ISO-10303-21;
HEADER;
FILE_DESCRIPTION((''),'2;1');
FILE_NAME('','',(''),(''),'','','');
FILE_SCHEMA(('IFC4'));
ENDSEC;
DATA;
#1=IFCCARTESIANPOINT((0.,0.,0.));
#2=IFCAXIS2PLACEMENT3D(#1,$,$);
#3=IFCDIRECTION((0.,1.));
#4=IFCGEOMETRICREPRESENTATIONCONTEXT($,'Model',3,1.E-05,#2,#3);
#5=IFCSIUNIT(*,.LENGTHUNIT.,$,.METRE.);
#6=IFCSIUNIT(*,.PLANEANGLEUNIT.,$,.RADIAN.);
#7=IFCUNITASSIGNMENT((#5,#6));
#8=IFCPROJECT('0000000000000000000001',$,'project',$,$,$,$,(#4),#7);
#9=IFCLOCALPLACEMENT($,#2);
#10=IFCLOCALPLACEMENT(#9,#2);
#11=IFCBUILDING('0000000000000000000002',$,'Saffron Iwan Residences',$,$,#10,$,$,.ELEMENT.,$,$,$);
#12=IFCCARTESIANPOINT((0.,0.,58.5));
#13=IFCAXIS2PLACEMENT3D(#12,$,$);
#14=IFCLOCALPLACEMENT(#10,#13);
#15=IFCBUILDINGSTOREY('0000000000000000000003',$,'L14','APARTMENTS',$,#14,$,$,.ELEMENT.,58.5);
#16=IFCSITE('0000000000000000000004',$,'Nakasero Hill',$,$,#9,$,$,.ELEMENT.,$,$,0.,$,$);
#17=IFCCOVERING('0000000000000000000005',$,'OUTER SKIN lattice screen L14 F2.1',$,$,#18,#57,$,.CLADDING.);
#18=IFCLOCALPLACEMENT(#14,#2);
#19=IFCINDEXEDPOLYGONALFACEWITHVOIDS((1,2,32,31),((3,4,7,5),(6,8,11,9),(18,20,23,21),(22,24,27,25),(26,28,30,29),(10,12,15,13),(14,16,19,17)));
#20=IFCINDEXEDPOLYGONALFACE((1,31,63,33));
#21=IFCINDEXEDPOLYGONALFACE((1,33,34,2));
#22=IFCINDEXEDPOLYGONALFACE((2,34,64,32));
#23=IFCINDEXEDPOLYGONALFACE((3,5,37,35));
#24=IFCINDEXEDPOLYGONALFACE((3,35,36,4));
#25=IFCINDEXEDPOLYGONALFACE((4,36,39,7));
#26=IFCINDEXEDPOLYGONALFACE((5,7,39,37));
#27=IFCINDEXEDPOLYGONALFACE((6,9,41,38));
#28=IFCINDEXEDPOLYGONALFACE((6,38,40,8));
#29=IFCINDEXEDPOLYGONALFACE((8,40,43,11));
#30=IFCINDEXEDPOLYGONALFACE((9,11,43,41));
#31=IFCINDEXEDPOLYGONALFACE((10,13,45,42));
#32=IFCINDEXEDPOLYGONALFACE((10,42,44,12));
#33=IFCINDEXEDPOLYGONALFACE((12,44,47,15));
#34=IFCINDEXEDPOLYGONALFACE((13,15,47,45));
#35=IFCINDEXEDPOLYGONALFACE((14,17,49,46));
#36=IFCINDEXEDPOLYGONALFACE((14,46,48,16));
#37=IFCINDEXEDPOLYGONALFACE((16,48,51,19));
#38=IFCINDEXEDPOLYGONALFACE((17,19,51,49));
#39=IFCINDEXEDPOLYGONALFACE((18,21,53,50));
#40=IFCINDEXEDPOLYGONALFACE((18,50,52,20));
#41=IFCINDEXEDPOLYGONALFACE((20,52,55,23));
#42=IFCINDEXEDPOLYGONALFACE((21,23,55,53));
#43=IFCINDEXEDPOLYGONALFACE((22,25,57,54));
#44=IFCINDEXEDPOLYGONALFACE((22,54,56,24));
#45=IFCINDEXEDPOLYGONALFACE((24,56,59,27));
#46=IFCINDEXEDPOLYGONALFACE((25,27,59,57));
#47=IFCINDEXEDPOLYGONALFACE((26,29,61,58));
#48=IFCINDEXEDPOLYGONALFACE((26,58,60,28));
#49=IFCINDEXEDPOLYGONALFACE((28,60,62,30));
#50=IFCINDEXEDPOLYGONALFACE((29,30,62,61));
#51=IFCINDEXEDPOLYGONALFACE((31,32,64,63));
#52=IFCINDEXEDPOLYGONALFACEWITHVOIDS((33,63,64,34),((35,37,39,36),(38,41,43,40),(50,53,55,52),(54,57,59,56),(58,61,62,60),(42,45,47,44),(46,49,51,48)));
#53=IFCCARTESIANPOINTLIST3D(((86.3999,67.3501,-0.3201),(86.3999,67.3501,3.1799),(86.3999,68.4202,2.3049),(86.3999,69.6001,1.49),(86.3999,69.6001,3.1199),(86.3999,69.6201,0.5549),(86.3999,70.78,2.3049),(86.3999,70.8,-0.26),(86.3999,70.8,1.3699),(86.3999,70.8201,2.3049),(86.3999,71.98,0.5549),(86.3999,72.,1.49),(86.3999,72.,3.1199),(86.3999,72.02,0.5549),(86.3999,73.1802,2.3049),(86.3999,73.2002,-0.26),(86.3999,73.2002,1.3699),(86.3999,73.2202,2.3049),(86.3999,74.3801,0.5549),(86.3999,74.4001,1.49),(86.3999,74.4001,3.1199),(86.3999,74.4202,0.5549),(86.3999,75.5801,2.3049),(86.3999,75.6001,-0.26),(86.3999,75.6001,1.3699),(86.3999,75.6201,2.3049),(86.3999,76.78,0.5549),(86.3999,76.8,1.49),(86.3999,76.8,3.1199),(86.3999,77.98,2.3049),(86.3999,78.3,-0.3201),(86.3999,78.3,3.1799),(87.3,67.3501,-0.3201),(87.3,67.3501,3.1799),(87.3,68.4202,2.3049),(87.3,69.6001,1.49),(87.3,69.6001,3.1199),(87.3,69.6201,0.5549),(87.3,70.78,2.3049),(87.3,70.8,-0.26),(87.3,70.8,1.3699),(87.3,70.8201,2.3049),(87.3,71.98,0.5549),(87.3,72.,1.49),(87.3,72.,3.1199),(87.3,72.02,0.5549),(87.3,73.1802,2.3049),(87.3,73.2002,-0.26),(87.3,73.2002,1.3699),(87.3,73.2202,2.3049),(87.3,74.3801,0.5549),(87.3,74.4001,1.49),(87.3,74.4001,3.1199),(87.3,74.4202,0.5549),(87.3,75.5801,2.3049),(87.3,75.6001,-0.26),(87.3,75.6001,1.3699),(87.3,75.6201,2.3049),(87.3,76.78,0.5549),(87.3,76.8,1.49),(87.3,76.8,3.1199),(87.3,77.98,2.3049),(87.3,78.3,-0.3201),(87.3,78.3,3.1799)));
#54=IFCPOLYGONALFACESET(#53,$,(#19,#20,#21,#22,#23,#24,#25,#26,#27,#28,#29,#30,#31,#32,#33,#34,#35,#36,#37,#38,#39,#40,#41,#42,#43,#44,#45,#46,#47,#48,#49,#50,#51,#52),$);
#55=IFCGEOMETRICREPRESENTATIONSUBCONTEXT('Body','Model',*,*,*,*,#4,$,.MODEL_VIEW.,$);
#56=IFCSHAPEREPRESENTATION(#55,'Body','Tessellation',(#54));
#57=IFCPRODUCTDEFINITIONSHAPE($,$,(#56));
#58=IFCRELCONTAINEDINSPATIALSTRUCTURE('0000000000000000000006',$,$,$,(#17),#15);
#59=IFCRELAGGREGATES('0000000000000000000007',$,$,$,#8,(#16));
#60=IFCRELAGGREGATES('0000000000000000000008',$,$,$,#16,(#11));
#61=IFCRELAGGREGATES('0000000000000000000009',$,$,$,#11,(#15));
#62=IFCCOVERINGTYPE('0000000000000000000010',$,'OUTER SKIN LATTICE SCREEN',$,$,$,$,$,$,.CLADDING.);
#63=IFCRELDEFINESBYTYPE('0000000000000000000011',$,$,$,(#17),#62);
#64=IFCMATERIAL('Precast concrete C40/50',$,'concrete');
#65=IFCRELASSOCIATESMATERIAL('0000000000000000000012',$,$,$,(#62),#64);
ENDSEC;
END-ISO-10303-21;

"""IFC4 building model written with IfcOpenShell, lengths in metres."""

from ifc_helpers import new_model, si_unit, direction, frame, origin, place, context, subcontext, project, spatial, polyline, outline, extrude, material, type_object, element, save


model = new_model("IFC4")

# Units and contexts
model_context = context("Model", 3, precision=1e-05, world=origin(), true_north=direction((0.0, 1.0)))
body_context = subcontext(model_context, "Body", "Model", "MODEL_VIEW")
ifc_project = project(units=[si_unit("LENGTHUNIT", "METRE"), si_unit("PLANEANGLEUNIT", "RADIAN")], contexts=[model_context])

# Site, building, storey
site_placement = place(None, origin())
site = spatial("IfcSite", under=ifc_project, at=site_placement, Name="Nakasero Hill", CompositionType="ELEMENT", RefElevation=0.0)
building_placement = place(site_placement, origin())
building = spatial("IfcBuilding", under=site, at=building_placement, Name="Saffron Iwan Residences", CompositionType="ELEMENT")
storey_placement = place(building_placement, frame((0.0, 0.0, 58.5)))
storey = spatial("IfcBuildingStorey", under=building, at=storey_placement, Name="L14", Description="APARTMENTS", CompositionType="ELEMENT", Elevation=58.5)

# Covering
ifc_material_1 = material(Name="Precast concrete C40/50", Category="concrete")
covering_type = type_object("IfcCoveringType", Name="OUTER SKIN LATTICE SCREEN", PredefinedType="CLADDING", material=ifc_material_1)
covering_placement = place(storey_placement, frame((86.3999, 67.3501, -0.3201), z_axis=(1.0, 0.0, 0.0), x_axis=(0.0, 1.0, 0.0)))
element("IfcCovering", 1, at=covering_placement, inside=storey, type_object=covering_type, Name="OUTER SKIN lattice screen L14 F2.1", PredefinedType="CLADDING", context=body_context, shape_type="SweptSolid", body=[
    extrude(outline(polyline([(0.0, 0.0), (10.95, 0.0), (10.95, 3.5), (0.0, 3.5), (0.0, 0.0)]), holes=[polyline([(2.27, 0.875), (3.45, 0.0601), (4.6299, 0.875), (3.45, 1.6899), (2.27, 0.875)]), polyline([(4.6699, 0.875), (5.8501, 0.0601), (7.03, 0.875), (5.8501, 1.6899), (4.6699, 0.875)]), polyline([(7.0701, 0.875), (8.25, 0.0601), (9.4299, 0.875), (8.25, 1.6899), (7.0701, 0.875)]), polyline([(1.0701, 2.625), (2.25, 1.8101), (3.4299, 2.625), (2.25, 3.4399), (1.0701, 2.625)]), polyline([(3.47, 2.625), (4.6499, 1.8101), (5.8301, 2.625), (4.6499, 3.4399), (3.47, 2.625)]), polyline([(5.8701, 2.625), (7.05, 1.8101), (8.23, 2.625), (7.05, 3.4399), (5.8701, 2.625)]), polyline([(8.27, 2.625), (9.45, 1.8101), (10.6299, 2.625), (9.45, 3.4399), (8.27, 2.625)])]), origin(), (0.0, 0.0, 1.0), 0.9001),
])

save(model, "model.ifc")
